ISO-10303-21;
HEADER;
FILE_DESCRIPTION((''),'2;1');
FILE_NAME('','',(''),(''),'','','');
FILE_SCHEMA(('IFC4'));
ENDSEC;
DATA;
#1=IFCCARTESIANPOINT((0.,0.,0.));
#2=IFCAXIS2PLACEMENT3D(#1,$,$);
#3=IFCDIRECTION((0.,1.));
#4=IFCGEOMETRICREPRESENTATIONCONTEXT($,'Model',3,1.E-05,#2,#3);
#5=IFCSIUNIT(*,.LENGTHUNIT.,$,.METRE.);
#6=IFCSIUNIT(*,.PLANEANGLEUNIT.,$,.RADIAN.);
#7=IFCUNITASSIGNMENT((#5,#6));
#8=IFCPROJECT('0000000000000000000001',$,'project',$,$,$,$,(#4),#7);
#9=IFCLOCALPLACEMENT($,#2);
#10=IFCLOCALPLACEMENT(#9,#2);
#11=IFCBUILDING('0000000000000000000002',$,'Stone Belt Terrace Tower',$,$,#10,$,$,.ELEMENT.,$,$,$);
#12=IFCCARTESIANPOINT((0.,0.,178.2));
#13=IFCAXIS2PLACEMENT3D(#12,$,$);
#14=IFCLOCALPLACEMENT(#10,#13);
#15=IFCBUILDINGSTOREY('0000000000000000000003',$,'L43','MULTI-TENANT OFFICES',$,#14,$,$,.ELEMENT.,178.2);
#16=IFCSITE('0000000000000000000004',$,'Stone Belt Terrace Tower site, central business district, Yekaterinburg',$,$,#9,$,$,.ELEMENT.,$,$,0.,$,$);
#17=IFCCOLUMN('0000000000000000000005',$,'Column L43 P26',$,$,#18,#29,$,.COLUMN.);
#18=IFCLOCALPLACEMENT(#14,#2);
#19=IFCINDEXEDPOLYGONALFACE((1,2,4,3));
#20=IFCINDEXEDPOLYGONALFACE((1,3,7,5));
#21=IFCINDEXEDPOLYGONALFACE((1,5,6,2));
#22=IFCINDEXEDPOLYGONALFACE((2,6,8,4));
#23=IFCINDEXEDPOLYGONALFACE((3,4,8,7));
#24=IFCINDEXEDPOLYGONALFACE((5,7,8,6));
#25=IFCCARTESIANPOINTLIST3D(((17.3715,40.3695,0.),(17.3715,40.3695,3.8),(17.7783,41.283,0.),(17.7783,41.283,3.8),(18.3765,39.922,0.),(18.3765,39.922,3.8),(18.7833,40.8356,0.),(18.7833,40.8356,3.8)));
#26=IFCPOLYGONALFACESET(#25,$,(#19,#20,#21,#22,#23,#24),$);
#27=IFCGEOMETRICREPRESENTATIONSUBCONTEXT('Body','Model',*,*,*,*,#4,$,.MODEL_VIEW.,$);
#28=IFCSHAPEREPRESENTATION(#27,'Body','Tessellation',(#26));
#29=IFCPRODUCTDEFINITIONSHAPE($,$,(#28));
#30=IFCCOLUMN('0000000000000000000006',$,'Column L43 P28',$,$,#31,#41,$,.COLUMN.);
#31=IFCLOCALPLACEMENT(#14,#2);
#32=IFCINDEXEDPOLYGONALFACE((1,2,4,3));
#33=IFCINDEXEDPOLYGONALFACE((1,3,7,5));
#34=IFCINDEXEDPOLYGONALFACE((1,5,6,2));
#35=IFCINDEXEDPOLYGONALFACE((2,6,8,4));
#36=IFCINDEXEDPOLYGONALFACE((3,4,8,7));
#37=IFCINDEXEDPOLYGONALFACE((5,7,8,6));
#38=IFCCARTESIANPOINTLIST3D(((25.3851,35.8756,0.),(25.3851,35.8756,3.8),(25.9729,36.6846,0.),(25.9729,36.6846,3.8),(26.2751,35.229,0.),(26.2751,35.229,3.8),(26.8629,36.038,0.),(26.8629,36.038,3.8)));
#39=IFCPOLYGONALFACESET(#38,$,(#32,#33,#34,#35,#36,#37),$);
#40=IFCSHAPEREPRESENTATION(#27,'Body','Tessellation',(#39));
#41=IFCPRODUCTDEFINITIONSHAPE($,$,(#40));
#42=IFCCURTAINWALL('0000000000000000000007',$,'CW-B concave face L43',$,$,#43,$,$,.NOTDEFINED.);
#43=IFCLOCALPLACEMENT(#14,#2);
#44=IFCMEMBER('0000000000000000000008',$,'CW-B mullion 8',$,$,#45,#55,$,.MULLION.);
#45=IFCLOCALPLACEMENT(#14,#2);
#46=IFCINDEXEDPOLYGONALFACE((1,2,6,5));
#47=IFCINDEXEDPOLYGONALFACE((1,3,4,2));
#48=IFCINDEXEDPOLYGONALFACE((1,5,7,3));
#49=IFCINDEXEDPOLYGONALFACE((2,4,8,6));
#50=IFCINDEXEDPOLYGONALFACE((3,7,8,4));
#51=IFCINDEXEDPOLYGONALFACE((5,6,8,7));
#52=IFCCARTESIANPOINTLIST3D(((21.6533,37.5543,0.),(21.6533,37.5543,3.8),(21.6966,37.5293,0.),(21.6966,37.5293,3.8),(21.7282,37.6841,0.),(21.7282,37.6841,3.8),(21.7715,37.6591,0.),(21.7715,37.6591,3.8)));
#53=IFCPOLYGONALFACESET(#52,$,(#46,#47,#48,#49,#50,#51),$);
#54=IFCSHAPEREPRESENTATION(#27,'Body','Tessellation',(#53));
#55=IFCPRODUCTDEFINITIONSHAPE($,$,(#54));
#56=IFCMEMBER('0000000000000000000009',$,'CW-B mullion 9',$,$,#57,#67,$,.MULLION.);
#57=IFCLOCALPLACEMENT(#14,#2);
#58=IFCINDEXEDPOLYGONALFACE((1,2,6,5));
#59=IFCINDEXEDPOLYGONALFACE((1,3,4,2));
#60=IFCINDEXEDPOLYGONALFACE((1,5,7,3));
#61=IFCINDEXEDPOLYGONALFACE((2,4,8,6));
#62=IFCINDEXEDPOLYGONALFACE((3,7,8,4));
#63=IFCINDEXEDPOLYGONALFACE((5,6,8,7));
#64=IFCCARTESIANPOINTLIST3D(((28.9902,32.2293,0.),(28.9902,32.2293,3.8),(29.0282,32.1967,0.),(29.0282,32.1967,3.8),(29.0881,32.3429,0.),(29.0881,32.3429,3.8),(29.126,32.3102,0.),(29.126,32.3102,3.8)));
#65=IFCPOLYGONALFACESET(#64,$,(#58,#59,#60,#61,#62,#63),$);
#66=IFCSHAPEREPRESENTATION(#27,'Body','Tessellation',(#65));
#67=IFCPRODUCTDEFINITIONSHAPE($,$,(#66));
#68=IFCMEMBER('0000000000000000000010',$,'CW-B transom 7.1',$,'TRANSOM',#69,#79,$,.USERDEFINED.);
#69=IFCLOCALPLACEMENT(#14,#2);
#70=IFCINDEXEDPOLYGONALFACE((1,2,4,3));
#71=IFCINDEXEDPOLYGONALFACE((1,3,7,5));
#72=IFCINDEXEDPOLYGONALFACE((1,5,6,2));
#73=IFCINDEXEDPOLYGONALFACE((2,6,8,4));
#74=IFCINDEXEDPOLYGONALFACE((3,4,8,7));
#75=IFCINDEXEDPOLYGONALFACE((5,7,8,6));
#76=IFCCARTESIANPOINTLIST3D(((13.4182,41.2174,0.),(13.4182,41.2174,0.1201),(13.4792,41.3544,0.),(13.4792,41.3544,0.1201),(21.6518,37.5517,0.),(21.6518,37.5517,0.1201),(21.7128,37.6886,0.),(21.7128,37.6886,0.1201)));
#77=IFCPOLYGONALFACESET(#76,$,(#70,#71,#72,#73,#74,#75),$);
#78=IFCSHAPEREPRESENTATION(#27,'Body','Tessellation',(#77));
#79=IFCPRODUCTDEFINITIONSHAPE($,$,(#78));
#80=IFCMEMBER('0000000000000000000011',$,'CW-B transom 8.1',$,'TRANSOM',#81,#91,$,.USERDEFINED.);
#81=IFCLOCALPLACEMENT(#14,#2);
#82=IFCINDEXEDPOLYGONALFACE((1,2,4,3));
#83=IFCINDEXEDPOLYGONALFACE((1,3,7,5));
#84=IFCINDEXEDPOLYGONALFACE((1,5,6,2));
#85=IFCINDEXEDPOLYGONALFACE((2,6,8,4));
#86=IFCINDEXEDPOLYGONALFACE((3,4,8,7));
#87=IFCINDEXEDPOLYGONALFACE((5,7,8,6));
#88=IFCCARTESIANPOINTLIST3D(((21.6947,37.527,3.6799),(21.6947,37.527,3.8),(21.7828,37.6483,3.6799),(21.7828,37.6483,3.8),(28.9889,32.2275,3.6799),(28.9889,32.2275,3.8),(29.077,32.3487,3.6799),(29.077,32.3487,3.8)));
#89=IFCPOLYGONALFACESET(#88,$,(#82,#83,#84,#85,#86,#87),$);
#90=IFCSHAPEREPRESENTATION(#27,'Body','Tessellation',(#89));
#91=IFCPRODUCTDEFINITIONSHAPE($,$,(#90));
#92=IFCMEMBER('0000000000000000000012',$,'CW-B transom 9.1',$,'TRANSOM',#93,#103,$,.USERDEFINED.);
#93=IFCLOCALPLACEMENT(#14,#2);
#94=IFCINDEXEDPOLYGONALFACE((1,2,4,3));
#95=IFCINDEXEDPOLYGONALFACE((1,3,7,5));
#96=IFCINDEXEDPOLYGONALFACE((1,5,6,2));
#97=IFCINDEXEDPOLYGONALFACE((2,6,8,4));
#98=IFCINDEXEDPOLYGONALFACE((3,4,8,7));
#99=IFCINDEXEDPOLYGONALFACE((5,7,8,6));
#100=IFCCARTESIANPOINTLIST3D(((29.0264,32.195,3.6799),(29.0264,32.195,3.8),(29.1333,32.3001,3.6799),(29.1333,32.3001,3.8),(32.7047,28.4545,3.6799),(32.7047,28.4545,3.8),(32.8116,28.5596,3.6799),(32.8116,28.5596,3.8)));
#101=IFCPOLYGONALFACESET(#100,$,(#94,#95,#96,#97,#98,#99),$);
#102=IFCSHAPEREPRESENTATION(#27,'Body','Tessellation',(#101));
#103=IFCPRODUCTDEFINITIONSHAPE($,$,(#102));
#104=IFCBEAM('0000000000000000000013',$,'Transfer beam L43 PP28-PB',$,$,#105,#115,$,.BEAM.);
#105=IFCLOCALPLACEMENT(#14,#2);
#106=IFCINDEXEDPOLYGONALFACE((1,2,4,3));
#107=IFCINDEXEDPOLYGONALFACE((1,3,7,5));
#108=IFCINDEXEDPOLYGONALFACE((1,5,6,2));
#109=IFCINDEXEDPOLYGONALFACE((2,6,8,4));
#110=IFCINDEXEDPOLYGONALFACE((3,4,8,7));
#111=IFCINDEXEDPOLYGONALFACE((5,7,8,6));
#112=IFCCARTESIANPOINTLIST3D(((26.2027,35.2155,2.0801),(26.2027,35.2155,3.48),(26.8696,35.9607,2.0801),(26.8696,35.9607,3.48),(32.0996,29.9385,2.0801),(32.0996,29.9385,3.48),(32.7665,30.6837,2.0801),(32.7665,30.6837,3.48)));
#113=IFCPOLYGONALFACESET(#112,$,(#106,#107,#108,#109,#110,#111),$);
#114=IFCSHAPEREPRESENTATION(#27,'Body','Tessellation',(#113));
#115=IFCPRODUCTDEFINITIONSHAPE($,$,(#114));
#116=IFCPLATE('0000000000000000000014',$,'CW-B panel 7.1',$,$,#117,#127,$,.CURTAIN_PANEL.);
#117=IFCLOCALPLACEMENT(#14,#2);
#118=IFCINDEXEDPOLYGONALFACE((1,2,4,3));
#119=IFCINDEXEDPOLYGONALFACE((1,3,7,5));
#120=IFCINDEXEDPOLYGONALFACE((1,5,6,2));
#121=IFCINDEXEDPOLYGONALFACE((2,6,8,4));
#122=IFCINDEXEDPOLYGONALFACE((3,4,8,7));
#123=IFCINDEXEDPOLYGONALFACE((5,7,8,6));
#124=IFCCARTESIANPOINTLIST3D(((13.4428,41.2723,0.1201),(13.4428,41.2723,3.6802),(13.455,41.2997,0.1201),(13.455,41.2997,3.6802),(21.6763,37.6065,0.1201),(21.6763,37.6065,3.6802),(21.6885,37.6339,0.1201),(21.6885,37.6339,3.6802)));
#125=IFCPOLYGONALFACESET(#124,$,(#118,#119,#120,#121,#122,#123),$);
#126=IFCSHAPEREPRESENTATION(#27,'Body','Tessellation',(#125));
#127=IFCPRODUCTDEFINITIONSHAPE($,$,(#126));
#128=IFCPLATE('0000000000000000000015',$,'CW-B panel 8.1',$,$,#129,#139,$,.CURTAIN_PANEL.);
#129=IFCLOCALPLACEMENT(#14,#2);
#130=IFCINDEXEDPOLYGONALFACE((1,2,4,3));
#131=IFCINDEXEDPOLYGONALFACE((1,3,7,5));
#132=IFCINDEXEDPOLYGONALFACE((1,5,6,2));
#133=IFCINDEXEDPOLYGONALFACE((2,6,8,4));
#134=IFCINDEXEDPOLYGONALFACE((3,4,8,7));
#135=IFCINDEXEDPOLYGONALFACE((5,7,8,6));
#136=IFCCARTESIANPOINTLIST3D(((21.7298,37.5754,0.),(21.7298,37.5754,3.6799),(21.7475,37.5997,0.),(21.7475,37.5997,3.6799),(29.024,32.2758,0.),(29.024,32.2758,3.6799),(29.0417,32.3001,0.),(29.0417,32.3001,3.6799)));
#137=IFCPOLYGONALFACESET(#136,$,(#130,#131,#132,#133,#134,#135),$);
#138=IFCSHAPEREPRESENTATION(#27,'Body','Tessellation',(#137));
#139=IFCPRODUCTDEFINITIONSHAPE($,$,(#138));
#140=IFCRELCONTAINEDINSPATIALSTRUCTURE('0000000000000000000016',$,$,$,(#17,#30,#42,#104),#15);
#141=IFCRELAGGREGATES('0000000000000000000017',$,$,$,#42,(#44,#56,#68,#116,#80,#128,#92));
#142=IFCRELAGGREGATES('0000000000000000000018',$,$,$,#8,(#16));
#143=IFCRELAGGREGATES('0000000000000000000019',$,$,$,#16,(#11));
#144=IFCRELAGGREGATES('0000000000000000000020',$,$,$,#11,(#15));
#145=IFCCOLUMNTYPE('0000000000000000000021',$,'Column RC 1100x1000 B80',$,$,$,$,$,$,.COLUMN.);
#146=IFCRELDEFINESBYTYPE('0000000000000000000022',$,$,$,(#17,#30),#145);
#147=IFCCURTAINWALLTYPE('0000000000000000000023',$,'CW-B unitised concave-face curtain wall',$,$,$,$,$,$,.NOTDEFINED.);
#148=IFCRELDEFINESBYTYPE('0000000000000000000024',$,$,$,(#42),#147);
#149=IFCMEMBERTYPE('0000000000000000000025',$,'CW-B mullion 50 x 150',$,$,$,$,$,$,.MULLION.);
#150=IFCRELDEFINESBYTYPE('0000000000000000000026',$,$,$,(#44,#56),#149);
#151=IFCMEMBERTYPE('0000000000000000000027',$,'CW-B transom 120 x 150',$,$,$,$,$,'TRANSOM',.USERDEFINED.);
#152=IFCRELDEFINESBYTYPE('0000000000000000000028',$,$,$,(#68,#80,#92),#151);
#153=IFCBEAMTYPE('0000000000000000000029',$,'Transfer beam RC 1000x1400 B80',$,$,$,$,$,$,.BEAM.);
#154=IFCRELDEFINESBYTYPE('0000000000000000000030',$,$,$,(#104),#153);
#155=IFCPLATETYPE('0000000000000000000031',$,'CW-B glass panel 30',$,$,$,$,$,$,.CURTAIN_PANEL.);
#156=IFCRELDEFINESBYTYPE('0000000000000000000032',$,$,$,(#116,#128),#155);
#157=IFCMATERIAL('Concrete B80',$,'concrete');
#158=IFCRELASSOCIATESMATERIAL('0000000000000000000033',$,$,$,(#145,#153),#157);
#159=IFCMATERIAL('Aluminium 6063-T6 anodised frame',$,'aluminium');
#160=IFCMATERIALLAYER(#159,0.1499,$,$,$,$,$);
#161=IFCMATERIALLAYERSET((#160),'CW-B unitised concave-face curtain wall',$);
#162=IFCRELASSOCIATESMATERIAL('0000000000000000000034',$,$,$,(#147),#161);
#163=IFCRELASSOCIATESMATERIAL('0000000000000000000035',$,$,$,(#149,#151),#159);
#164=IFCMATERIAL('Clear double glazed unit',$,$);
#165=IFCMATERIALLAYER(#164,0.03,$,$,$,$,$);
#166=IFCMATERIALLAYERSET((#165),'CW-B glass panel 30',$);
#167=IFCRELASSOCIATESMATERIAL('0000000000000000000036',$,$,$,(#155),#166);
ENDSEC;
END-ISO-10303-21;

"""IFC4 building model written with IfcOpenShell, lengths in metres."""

from ifc_helpers import new_model, si_unit, direction, frame, origin, origin_2d, place, context, subcontext, project, spatial, rectangle, extrude, material, layer, layer_set, material_profile, profile_set, type_object, element, aggregate, save


model = new_model("IFC4")

# Units and contexts
model_context = context("Model", 3, precision=1e-05, world=origin(), true_north=direction((0.0, 1.0)))
body_context = subcontext(model_context, "Body", "Model", "MODEL_VIEW")
ifc_project = project(units=[si_unit("LENGTHUNIT", "METRE"), si_unit("PLANEANGLEUNIT", "RADIAN")], contexts=[model_context])

# Site, building, storey
site_placement = place(None, origin())
site = spatial("IfcSite", under=ifc_project, at=site_placement, Name="Stone Belt Terrace Tower site, central business district, Yekaterinburg", CompositionType="ELEMENT", RefElevation=0.0)
building_placement = place(site_placement, origin())
building = spatial("IfcBuilding", under=site, at=building_placement, Name="Stone Belt Terrace Tower", CompositionType="ELEMENT")
storey_placement = place(building_placement, frame((0.0, 0.0, 178.2)))
storey = spatial("IfcBuildingStorey", under=building, at=storey_placement, Name="L43", Description="MULTI-TENANT OFFICES", CompositionType="ELEMENT", Elevation=178.2)

# Columns
ifc_material_1 = material(Name="Concrete B80", Category="concrete")
ifc_material_profile_1 = material_profile(ifc_material_1, rectangle(XDim=1.1001, YDim=1.0, at=origin_2d()), Name="RC 1100x1000")
ifc_profile_set_1 = profile_set([ifc_material_profile_1], Name="Concrete B80")
column_type = type_object("IfcColumnType", Name="Column RC 1100x1000 B80", PredefinedType="COLUMN", material=ifc_profile_set_1)
for number, where, z_axis, x_axis, name in (
    (1, (18.0774, 40.6025, 0.0), (0.0, 0.0, 1.0), (0.913545, -0.406737, 0.0), "Column L43 P26"),
    (2, (26.124, 35.9568, 0.0), (0.0, 0.0, 1.0), (0.809017, -0.587785, 0.0), "Column L43 P28"),
):
    element("IfcColumn", number, at=place(storey_placement, frame(where, z_axis=z_axis, x_axis=x_axis)), inside=storey, type_object=column_type, Name=name, PredefinedType="COLUMN", context=body_context, shape_type="SweptSolid", body=[
        extrude(rectangle(XDim=1.1001, YDim=1.0, at=origin_2d()), origin(), (0.0, 0.0, 1.0), 3.8),
    ])

# Curtain wall, members
ifc_material_2 = material(Name="Aluminium 6063-T6 anodised frame", Category="aluminium")
ifc_layer_1 = layer(ifc_material_2, 0.1499)
ifc_layer_set_1 = layer_set([ifc_layer_1], Name="CW-B unitised concave-face curtain wall")
curtain_wall_type = type_object("IfcCurtainWallType", Name="CW-B unitised concave-face curtain wall", PredefinedType="NOTDEFINED", material=ifc_layer_set_1)
curtain_wall_placement = place(storey_placement, origin())
curtain_wall = element("IfcCurtainWall", 3, at=curtain_wall_placement, inside=storey, type_object=curtain_wall_type, Name="CW-B concave face L43", PredefinedType="NOTDEFINED")
ifc_material_profile_2 = material_profile(ifc_material_2, rectangle(XDim=0.1499, YDim=0.05, at=origin_2d()), Name="Aluminium 6063-T6 50x150")
ifc_profile_set_2 = profile_set([ifc_material_profile_2], Name="Aluminium 6063-T6 anodised frame")
member_type_1 = type_object("IfcMemberType", Name="CW-B mullion 50 x 150", PredefinedType="MULLION", material=ifc_profile_set_2)
member_1_placement = place(storey_placement, frame((21.7124, 37.6067, 0.0), z_axis=(0.0, 0.0, 1.0), x_axis=(0.5, 0.866025, 0.0)))
member_1 = element("IfcMember", 4, at=member_1_placement, type_object=member_type_1, Name="CW-B mullion 8", PredefinedType="MULLION", context=body_context, shape_type="SweptSolid", body=[
    extrude(rectangle(XDim=0.1499, YDim=0.05, at=origin_2d()), origin(), (0.0, 0.0, 1.0), 3.8),
])
member_2_placement = place(storey_placement, frame((29.0581, 32.2698, 0.0), z_axis=(0.0, 0.0, 1.0), x_axis=(0.652634, 0.757674, 0.0)))
member_2 = element("IfcMember", 5, at=member_2_placement, type_object=member_type_1, Name="CW-B mullion 9", PredefinedType="MULLION", context=body_context, shape_type="SweptSolid", body=[
    extrude(rectangle(XDim=0.1499, YDim=0.05, at=origin_2d()), origin(), (0.0, 0.0, 1.0), 3.8),
])
ifc_material_profile_3 = material_profile(ifc_material_2, rectangle(XDim=0.1499, YDim=0.1201, at=origin_2d()), Name="Aluminium 6063-T6 150x120")
ifc_profile_set_3 = profile_set([ifc_material_profile_3], Name="Aluminium 6063-T6 anodised frame")
member_type_2 = type_object("IfcMemberType", Name="CW-B transom 120 x 150", ElementType="TRANSOM", PredefinedType="USERDEFINED", material=ifc_profile_set_3)
member_3_placement = place(storey_placement, frame((13.4487, 41.2859, 0.0601), z_axis=(0.913549, -0.406729, 0.0), x_axis=(0.406729, 0.913549, 0.0)))
member_3 = element("IfcMember", 6, at=member_3_placement, type_object=member_type_2, Name="CW-B transom 7.1", ObjectType="TRANSOM", PredefinedType="USERDEFINED", context=body_context, shape_type="SweptSolid", body=[
    extrude(rectangle(XDim=0.1499, YDim=0.1201, at=origin_2d()), origin(), (0.0, 0.0, 1.0), 9.0127),
])
member_4_placement = place(storey_placement, frame((21.7388, 37.5876, 3.74), z_axis=(0.809016, -0.587787, 0.0), x_axis=(0.587787, 0.809016, 0.0)))
member_4 = element("IfcMember", 7, at=member_4_placement, type_object=member_type_2, Name="CW-B transom 8.1", ObjectType="TRANSOM", PredefinedType="USERDEFINED", context=body_context, shape_type="SweptSolid", body=[
    extrude(rectangle(XDim=0.1499, YDim=0.1201, at=origin_2d()), origin(), (0.0, 0.0, 1.0), 9.0161),
])
member_5_placement = place(storey_placement, frame((29.0798, 32.2476, 3.74), z_axis=(0.701148, -0.713016, 0.0), x_axis=(0.713016, 0.701148, 0.0)))
member_5 = element("IfcMember", 8, at=member_5_placement, type_object=member_type_2, Name="CW-B transom 9.1", ObjectType="TRANSOM", PredefinedType="USERDEFINED", context=body_context, shape_type="SweptSolid", body=[
    extrude(rectangle(XDim=0.1499, YDim=0.1201, at=origin_2d()), origin(), (0.0, 0.0, 1.0), 5.2461),
])

# Beam
ifc_material_profile_4 = material_profile(ifc_material_1, rectangle(XDim=1.0, YDim=1.3999, at=origin_2d()), Name="RC 1000x1400")
ifc_profile_set_4 = profile_set([ifc_material_profile_4], Name="Concrete B80")
beam_type = type_object("IfcBeamType", Name="Transfer beam RC 1000x1400 B80", PredefinedType="BEAM", material=ifc_profile_set_4)
beam_placement = place(storey_placement, frame((26.5361, 35.5881, 2.78), z_axis=(0.745187, -0.666855, 0.0), x_axis=(0.666855, 0.745187, 0.0)))
element("IfcBeam", 9, at=beam_placement, inside=storey, type_object=beam_type, Name="Transfer beam L43 PP28-PB", PredefinedType="BEAM", context=body_context, shape_type="SweptSolid", body=[
    extrude(rectangle(XDim=1.0, YDim=1.3999, at=origin_2d()), origin(), (0.0, 0.0, 1.0), 7.9133),
])

# Plates
ifc_material_3 = material(Name="Clear double glazed unit")
ifc_layer_2 = layer(ifc_material_3, 0.03)
ifc_layer_set_2 = layer_set([ifc_layer_2], Name="CW-B glass panel 30")
plate_type = type_object("IfcPlateType", Name="CW-B glass panel 30", PredefinedType="CURTAIN_PANEL", material=ifc_layer_set_2)
plate_1_placement = place(storey_placement, frame((17.5657, 39.4531, 0.1201), z_axis=(0.0, 0.0, 1.0), x_axis=(0.913545, -0.406737, 0.0)))
plate_1 = element("IfcPlate", 10, at=plate_1_placement, type_object=plate_type, Name="CW-B panel 7.1", PredefinedType="CURTAIN_PANEL", context=body_context, shape_type="SweptSolid", body=[
    extrude(rectangle(XDim=9.0127, YDim=0.03, at=origin_2d()), origin(), (0.0, 0.0, 1.0), 3.5601),
])
plate_2_placement = place(storey_placement, frame((25.3857, 34.9377, 0.0), z_axis=(0.0, 0.0, 1.0), x_axis=(0.809017, -0.587785, 0.0)))
plate_2 = element("IfcPlate", 11, at=plate_2_placement, type_object=plate_type, Name="CW-B panel 8.1", PredefinedType="CURTAIN_PANEL", context=body_context, shape_type="SweptSolid", body=[
    extrude(rectangle(XDim=9.0161, YDim=0.03, at=origin_2d()), origin(), (0.0, 0.0, 1.0), 3.6799),
])
aggregate(curtain_wall, [member_1, member_2, member_3, plate_1, member_4, plate_2, member_5])

save(model, "model.ifc")
